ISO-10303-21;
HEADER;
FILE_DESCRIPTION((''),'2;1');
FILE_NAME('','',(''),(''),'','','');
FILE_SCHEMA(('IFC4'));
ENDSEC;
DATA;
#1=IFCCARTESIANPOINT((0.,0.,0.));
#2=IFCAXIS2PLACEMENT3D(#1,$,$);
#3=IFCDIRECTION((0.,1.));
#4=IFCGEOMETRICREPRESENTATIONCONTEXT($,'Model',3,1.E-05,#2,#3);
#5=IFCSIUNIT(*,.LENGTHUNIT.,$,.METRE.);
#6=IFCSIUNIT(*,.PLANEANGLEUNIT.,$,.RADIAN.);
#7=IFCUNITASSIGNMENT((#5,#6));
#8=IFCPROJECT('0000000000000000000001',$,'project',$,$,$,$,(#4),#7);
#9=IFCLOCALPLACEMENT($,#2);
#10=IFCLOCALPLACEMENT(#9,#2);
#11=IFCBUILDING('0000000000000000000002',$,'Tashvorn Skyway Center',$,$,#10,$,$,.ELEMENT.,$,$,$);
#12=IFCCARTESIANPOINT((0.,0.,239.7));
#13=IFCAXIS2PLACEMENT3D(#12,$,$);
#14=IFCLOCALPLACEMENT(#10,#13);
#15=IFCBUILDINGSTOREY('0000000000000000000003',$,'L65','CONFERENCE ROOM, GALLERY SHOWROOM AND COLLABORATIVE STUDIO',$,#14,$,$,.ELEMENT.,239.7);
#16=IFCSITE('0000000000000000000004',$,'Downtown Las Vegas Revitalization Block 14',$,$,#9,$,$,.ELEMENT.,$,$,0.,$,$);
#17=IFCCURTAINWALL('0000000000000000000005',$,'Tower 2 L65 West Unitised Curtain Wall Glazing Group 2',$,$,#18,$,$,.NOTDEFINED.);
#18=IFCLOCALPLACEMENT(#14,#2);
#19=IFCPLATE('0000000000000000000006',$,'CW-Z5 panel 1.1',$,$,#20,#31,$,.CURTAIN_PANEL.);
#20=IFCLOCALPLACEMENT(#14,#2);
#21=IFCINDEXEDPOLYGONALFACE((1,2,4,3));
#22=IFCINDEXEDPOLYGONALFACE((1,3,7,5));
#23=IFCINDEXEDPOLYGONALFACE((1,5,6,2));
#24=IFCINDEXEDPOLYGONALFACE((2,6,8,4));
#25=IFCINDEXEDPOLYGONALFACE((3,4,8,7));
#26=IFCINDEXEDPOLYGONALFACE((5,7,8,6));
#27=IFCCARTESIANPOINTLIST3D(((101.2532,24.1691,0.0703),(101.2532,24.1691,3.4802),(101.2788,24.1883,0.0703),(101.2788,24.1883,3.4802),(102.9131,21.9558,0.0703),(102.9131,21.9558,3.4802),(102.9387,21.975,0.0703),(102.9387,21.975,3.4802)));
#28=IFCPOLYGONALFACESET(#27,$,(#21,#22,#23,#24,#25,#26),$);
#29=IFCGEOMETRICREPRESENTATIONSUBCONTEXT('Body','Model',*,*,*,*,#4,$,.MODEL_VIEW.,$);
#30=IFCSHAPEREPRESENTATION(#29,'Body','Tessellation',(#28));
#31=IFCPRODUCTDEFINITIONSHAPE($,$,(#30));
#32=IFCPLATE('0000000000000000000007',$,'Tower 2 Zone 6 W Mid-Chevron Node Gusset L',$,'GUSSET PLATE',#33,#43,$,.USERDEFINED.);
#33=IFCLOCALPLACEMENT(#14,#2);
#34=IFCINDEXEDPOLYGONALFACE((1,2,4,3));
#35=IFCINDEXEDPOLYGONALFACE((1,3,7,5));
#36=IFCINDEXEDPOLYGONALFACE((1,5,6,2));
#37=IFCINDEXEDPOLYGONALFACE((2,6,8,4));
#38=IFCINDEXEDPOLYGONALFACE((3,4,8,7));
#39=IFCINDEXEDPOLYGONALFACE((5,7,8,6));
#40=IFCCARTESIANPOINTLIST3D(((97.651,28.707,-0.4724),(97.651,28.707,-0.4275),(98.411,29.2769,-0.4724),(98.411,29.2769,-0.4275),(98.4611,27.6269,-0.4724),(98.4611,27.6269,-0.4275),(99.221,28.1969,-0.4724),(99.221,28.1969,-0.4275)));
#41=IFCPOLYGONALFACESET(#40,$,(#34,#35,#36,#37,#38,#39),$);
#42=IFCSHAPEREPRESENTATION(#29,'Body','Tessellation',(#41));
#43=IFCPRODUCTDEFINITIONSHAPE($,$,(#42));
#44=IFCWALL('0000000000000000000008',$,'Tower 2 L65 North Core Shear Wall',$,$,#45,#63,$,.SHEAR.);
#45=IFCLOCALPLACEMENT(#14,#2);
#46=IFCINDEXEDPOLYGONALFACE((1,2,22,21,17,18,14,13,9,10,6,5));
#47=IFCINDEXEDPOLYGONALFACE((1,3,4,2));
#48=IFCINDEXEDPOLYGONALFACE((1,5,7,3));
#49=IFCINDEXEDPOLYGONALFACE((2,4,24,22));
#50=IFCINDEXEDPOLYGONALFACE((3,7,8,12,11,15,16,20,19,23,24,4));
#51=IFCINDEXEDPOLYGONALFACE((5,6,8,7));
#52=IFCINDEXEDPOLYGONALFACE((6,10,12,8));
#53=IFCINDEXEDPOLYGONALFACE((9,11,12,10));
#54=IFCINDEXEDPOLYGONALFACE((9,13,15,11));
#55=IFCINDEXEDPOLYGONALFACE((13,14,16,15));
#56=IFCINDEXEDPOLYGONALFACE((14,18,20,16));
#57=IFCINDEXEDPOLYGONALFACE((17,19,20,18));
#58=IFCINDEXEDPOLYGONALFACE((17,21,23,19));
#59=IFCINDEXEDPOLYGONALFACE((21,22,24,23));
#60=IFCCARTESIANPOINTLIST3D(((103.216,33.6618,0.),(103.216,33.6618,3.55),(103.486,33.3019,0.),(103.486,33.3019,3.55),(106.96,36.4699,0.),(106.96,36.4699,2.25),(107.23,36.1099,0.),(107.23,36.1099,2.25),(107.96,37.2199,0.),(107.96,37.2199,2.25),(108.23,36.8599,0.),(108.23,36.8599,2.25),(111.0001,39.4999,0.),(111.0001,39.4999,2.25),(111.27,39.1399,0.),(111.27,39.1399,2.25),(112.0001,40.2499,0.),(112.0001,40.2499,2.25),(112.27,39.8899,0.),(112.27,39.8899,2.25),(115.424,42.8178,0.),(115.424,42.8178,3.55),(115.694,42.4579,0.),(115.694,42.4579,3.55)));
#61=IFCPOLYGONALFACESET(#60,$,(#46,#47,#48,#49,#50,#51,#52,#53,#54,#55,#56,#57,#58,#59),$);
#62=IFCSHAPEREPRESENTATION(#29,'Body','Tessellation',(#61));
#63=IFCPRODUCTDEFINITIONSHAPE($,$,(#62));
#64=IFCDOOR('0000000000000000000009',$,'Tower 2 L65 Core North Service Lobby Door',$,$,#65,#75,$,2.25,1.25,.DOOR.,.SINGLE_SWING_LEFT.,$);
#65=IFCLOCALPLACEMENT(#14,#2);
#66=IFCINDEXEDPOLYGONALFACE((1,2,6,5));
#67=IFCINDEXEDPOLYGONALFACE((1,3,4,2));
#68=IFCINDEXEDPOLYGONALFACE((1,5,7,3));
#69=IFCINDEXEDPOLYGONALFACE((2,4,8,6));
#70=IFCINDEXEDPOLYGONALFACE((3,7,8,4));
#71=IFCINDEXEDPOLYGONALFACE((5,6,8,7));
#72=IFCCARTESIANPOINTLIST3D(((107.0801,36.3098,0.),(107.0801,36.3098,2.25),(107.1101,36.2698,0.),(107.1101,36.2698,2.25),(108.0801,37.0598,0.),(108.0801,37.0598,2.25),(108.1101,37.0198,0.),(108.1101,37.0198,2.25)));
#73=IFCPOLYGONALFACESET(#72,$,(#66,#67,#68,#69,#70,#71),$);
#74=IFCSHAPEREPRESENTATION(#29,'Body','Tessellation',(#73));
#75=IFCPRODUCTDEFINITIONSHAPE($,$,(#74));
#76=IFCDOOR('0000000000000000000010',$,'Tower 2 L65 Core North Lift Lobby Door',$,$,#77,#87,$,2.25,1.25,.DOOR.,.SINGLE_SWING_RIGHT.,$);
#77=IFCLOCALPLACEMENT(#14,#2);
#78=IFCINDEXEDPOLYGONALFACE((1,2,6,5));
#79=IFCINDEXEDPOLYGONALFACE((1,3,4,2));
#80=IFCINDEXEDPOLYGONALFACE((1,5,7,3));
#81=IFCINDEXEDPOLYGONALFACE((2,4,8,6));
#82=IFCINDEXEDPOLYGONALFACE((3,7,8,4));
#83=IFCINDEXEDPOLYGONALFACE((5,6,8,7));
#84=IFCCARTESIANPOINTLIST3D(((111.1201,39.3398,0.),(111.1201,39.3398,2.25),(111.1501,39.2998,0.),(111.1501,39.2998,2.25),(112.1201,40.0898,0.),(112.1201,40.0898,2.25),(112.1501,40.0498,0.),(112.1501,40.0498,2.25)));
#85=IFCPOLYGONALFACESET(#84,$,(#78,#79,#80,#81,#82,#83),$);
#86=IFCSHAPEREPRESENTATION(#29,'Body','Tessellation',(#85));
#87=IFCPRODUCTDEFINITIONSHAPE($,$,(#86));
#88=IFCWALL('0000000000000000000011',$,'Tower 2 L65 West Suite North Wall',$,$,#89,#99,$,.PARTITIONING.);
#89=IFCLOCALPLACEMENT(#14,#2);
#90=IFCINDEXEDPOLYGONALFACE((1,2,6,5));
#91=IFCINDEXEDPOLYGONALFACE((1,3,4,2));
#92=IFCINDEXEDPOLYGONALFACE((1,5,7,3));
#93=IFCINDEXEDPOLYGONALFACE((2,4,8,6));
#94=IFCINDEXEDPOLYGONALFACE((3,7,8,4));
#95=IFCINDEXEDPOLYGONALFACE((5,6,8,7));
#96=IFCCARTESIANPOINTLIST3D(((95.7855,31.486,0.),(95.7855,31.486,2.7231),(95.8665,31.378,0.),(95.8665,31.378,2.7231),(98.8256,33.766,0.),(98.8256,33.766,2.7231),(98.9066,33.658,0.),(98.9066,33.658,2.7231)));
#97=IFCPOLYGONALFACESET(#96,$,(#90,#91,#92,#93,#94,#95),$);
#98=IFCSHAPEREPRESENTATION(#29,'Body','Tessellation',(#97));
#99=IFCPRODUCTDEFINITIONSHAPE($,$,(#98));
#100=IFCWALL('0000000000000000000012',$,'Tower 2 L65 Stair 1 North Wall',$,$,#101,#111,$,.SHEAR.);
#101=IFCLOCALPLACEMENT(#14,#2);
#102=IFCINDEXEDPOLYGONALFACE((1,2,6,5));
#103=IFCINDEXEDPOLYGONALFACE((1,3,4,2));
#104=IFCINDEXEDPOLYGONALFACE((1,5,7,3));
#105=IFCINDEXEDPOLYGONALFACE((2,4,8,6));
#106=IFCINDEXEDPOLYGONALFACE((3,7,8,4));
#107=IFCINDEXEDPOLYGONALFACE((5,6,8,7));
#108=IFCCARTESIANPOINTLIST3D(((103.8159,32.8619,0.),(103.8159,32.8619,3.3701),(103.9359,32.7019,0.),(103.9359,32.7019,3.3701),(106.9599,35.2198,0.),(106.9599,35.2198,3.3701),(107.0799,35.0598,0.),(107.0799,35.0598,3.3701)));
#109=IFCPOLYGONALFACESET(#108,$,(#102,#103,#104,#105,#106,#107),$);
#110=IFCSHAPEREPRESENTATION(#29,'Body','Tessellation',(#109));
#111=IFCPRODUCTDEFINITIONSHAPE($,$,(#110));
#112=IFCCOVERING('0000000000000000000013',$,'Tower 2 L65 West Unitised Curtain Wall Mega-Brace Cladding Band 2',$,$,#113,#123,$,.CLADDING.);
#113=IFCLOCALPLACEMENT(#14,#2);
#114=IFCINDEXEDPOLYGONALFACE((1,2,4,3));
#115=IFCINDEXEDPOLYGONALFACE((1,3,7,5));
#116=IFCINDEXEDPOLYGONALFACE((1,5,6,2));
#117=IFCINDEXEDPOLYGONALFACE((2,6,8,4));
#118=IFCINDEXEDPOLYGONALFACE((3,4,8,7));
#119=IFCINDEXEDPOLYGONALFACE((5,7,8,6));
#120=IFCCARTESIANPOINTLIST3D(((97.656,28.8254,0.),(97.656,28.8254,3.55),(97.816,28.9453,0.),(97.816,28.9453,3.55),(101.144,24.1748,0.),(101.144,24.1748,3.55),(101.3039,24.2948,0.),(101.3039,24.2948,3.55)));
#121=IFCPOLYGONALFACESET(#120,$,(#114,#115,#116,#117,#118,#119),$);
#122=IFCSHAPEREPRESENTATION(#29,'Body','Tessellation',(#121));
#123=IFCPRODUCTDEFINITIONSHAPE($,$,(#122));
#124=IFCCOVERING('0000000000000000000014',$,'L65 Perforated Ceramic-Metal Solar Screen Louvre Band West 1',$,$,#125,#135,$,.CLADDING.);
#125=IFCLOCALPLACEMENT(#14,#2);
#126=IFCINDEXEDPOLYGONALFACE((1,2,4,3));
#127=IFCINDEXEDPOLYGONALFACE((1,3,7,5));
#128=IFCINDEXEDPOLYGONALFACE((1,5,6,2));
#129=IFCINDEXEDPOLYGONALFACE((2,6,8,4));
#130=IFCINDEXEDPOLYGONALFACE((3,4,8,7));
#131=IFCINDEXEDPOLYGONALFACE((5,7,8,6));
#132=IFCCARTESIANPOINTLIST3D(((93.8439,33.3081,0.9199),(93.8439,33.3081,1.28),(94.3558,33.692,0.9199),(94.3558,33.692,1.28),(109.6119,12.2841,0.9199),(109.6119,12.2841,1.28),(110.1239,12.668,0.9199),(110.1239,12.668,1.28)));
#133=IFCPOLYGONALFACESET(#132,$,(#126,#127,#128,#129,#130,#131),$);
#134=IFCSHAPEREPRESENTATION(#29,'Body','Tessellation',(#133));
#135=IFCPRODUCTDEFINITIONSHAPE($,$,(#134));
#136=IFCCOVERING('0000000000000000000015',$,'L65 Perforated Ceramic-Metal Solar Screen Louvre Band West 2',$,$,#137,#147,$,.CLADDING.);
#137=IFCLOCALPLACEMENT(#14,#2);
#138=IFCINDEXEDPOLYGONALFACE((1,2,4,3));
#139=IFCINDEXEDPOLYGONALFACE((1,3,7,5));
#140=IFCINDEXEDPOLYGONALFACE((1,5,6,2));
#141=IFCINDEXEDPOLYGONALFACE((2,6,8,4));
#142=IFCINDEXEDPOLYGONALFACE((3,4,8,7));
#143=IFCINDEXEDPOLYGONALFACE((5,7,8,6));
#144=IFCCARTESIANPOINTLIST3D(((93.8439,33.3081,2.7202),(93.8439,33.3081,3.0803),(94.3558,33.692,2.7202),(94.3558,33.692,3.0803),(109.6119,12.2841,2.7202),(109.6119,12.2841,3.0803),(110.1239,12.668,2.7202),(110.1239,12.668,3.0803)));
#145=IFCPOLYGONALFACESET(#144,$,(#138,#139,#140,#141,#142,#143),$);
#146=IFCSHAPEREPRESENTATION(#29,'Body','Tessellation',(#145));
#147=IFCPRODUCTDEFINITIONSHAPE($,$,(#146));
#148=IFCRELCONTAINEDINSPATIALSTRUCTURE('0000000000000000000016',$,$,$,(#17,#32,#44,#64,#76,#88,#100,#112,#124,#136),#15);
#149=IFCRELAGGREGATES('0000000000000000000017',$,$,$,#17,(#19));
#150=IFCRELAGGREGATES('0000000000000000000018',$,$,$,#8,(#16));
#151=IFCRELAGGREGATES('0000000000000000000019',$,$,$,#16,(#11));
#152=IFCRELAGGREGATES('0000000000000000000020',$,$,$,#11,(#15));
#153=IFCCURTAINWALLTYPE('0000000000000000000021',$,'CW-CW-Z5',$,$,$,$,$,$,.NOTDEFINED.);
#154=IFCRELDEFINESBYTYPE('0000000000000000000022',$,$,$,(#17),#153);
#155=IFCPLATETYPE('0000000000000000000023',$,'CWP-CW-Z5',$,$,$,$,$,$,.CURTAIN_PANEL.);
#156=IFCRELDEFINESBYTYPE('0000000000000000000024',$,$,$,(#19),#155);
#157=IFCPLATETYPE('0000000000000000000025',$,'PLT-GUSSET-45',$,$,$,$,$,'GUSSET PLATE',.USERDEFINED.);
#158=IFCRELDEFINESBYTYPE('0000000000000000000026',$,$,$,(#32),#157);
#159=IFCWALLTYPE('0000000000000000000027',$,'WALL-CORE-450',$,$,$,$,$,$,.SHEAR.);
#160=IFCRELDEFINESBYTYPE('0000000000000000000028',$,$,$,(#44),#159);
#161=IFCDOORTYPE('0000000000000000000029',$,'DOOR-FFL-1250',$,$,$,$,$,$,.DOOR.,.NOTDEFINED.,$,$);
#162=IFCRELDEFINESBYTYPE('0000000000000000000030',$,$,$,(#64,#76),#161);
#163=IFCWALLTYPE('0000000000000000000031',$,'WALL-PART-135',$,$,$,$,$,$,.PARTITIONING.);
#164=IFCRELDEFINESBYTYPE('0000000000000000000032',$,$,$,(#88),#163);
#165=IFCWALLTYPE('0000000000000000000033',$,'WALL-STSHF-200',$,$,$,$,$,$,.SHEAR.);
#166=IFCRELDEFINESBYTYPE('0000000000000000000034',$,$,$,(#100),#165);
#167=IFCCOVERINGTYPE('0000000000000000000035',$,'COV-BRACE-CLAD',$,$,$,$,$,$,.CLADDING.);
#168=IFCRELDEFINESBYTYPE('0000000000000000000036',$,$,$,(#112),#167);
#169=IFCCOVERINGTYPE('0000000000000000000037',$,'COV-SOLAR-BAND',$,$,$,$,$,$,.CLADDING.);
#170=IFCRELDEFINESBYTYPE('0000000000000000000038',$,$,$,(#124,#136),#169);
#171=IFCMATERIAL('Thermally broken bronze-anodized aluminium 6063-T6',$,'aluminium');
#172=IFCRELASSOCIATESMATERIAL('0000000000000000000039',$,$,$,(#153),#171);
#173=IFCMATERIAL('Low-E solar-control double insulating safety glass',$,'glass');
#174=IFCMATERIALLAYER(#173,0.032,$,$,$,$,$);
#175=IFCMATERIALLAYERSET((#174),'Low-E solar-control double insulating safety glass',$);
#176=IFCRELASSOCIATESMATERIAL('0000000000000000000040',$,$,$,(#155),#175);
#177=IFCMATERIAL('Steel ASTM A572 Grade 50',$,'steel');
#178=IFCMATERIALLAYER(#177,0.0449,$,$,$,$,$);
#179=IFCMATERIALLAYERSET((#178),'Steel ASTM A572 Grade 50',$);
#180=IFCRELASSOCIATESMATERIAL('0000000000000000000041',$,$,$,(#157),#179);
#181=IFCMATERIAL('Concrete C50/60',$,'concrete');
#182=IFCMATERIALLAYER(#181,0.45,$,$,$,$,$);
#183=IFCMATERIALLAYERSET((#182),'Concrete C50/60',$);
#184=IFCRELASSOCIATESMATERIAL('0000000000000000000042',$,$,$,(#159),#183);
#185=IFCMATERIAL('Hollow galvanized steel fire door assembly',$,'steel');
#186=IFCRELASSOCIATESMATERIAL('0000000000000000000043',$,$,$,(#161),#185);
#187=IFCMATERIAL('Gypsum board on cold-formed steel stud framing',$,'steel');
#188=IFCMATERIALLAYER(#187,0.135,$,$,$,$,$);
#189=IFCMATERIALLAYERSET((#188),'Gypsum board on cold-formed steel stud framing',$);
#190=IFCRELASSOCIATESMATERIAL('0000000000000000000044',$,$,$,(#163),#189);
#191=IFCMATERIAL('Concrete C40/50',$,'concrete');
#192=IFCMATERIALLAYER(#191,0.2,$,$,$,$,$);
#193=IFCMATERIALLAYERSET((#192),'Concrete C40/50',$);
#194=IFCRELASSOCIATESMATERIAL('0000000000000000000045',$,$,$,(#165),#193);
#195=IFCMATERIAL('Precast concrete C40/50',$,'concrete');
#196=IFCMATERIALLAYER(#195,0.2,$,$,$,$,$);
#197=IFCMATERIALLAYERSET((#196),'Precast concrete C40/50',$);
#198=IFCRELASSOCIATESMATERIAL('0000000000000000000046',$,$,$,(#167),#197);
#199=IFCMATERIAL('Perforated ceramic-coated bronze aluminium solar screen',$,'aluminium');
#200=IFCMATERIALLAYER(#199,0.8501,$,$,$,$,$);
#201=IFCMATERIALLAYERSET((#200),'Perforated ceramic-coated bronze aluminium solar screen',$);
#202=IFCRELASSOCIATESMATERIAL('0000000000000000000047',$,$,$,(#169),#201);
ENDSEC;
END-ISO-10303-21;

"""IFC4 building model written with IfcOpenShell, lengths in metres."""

from ifc_helpers import new_model, si_unit, direction, frame, frame_2d, origin, origin_2d, place, context, subcontext, project, spatial, rectangle, extrude, material, layer, layer_set, type_object, element, fill, aggregate, save


model = new_model("IFC4")

# Units and contexts
model_context = context("Model", 3, precision=1e-05, world=origin(), true_north=direction((0.0, 1.0)))
body_context = subcontext(model_context, "Body", "Model", "MODEL_VIEW")
ifc_project = project(units=[si_unit("LENGTHUNIT", "METRE"), si_unit("PLANEANGLEUNIT", "RADIAN")], contexts=[model_context])

# Site, building, storey
site_placement = place(None, origin())
site = spatial("IfcSite", under=ifc_project, at=site_placement, Name="Downtown Las Vegas Revitalization Block 14", CompositionType="ELEMENT", RefElevation=0.0)
building_placement = place(site_placement, origin())
building = spatial("IfcBuilding", under=site, at=building_placement, Name="Tashvorn Skyway Center", CompositionType="ELEMENT")
storey_placement = place(building_placement, frame((0.0, 0.0, 239.7)))
storey = spatial("IfcBuildingStorey", under=building, at=storey_placement, Name="L65", Description="CONFERENCE ROOM, GALLERY SHOWROOM AND COLLABORATIVE STUDIO", CompositionType="ELEMENT", Elevation=239.7)

# Shared definitions
ifc_material_1 = material(Name="Steel ASTM A572 Grade 50", Category="steel")

# Curtain wall
ifc_material_2 = material(Name="Thermally broken bronze-anodized aluminium 6063-T6", Category="aluminium")
curtain_wall_type = type_object("IfcCurtainWallType", Name="CW-CW-Z5", PredefinedType="NOTDEFINED", material=ifc_material_2)
curtain_wall_placement = place(storey_placement, origin())
curtain_wall = element("IfcCurtainWall", 1, at=curtain_wall_placement, inside=storey, type_object=curtain_wall_type, Name="Tower 2 L65 West Unitised Curtain Wall Glazing Group 2", PredefinedType="NOTDEFINED")

# Plates
ifc_material_3 = material(Name="Low-E solar-control double insulating safety glass", Category="glass")
ifc_layer_1 = layer(ifc_material_3, 0.032)
ifc_layer_set_1 = layer_set([ifc_layer_1], Name="Low-E solar-control double insulating safety glass")
plate_type_1 = type_object("IfcPlateType", Name="CWP-CW-Z5", PredefinedType="CURTAIN_PANEL", material=ifc_layer_set_1)
plate_1_placement = place(storey_placement, frame((102.0959, 23.072, 0.0703), z_axis=(0.0, 0.0, 1.0), x_axis=(-0.599989, 0.800008, 0.0)))
plate_1 = element("IfcPlate", 2, at=plate_1_placement, type_object=plate_type_1, Name="CW-Z5 panel 1.1", PredefinedType="CURTAIN_PANEL", context=body_context, shape_type="SweptSolid", body=[
    extrude(rectangle(XDim=2.7666, YDim=0.032, at=origin_2d()), origin(), (0.0, 0.0, 1.0), 3.4099),
])
aggregate(curtain_wall, [plate_1])
ifc_layer_2 = layer(ifc_material_1, 0.0449)
ifc_layer_set_2 = layer_set([ifc_layer_2], Name="Steel ASTM A572 Grade 50")
plate_type_2 = type_object("IfcPlateType", Name="PLT-GUSSET-45", ElementType="GUSSET PLATE", PredefinedType="USERDEFINED", material=ifc_layer_set_2)
plate_2_placement = place(storey_placement, frame((98.436, 28.4519, -0.4724), z_axis=(0.0, 0.0, 1.0), x_axis=(0.6, -0.8, 0.0)))
element("IfcPlate", 3, at=plate_2_placement, inside=storey, type_object=plate_type_2, Name="Tower 2 Zone 6 W Mid-Chevron Node Gusset L", ObjectType="GUSSET PLATE", PredefinedType="USERDEFINED", context=body_context, shape_type="SweptSolid", body=[
    extrude(rectangle(XDim=1.3501, YDim=0.95, at=origin_2d()), origin(), (0.0, 0.0, 1.0), 0.0449),
])

# Wall, openings, doors
ifc_material_4 = material(Name="Concrete C50/60", Category="concrete")
ifc_layer_3 = layer(ifc_material_4, 0.45)
ifc_layer_set_3 = layer_set([ifc_layer_3], Name="Concrete C50/60")
wall_type_1 = type_object("IfcWallType", Name="WALL-CORE-450", PredefinedType="SHEAR", material=ifc_layer_set_3)
wall_1_placement = place(storey_placement, frame((103.3511, 33.4819, 0.0), z_axis=(0.0, 0.0, 1.0), x_axis=(0.8, 0.6, 0.0)))
wall_1 = element("IfcWall", 4, at=wall_1_placement, inside=storey, type_object=wall_type_1, Name="Tower 2 L65 North Core Shear Wall", PredefinedType="SHEAR", context=body_context, shape_type="SweptSolid", body=[
    extrude(rectangle(XDim=15.26, YDim=0.45, at=frame_2d((7.6299, 0.0))), origin(), (0.0, 0.0, 1.0), 3.55),
])
opening_1_placement = place(wall_1_placement, frame((4.6799, 0.0, 0.0)))
opening_1 = element("IfcOpeningElement", 5, at=opening_1_placement, cuts=wall_1, PredefinedType="OPENING", context=body_context, shape_type="SweptSolid", body=[
    extrude(rectangle(XDim=1.25, YDim=2.25, at=frame_2d((0.625, 1.125))), frame((0.0, 0.2349, 0.0), z_axis=(0.0, -1.0, 0.0), x_axis=(1.0, 0.0, 0.0)), (0.0, 0.0, 1.0), 0.47),
])
opening_2_placement = place(wall_1_placement, frame((9.73, 0.0, 0.0)))
opening_2 = element("IfcOpeningElement", 6, at=opening_2_placement, cuts=wall_1, PredefinedType="OPENING", context=body_context, shape_type="SweptSolid", body=[
    extrude(rectangle(XDim=1.25, YDim=2.25, at=frame_2d((0.625, 1.125))), frame((0.0, 0.2349, 0.0), z_axis=(0.0, -1.0, 0.0), x_axis=(1.0, 0.0, 0.0)), (0.0, 0.0, 1.0), 0.47),
])
ifc_material_5 = material(Name="Hollow galvanized steel fire door assembly", Category="steel")
door_type = type_object("IfcDoorType", Name="DOOR-FFL-1250", OperationType="NOTDEFINED", PredefinedType="DOOR", material=ifc_material_5)
door_1_placement = place(opening_1_placement, origin())
door_1 = element("IfcDoor", 7, at=door_1_placement, inside=storey, type_object=door_type, Name="Tower 2 L65 Core North Service Lobby Door", OperationType="SINGLE_SWING_LEFT", OverallHeight=2.25, OverallWidth=1.25, PredefinedType="DOOR", context=body_context, shape_type="SweptSolid", body=[
    extrude(rectangle(XDim=1.25, YDim=2.25, at=frame_2d((0.625, 1.125))), frame((0.0, 0.0249, 0.0), z_axis=(0.0, -1.0, 0.0), x_axis=(1.0, 0.0, 0.0)), (0.0, 0.0, 1.0), 0.05),
])
fill(opening_1, door_1)
door_2_placement = place(opening_2_placement, origin())
door_2 = element("IfcDoor", 8, at=door_2_placement, inside=storey, type_object=door_type, Name="Tower 2 L65 Core North Lift Lobby Door", OperationType="SINGLE_SWING_RIGHT", OverallHeight=2.25, OverallWidth=1.25, PredefinedType="DOOR", context=body_context, shape_type="SweptSolid", body=[
    extrude(rectangle(XDim=1.25, YDim=2.25, at=frame_2d((0.625, 1.125))), frame((0.0, 0.0249, 0.0), z_axis=(0.0, -1.0, 0.0), x_axis=(1.0, 0.0, 0.0)), (0.0, 0.0, 1.0), 0.05),
])
fill(opening_2, door_2)

# Walls
ifc_material_6 = material(Name="Gypsum board on cold-formed steel stud framing", Category="steel")
ifc_layer_4 = layer(ifc_material_6, 0.135)
ifc_layer_set_4 = layer_set([ifc_layer_4], Name="Gypsum board on cold-formed steel stud framing")
wall_type_2 = type_object("IfcWallType", Name="WALL-PART-135", PredefinedType="PARTITIONING", material=ifc_layer_set_4)
wall_2_placement = place(storey_placement, frame((98.866, 33.7119, 0.0), z_axis=(0.0, 0.0, 1.0), x_axis=(-0.8, -0.6, 0.0)))
element("IfcWall", 9, at=wall_2_placement, inside=storey, type_object=wall_type_2, Name="Tower 2 L65 West Suite North Wall", PredefinedType="PARTITIONING", context=body_context, shape_type="SweptSolid", body=[
    extrude(rectangle(XDim=3.8, YDim=0.135, at=frame_2d((1.8999, 0.0))), origin(), (0.0, 0.0, 1.0), 2.7231),
])
ifc_material_7 = material(Name="Concrete C40/50", Category="concrete")
ifc_layer_5 = layer(ifc_material_7, 0.2)
ifc_layer_set_5 = layer_set([ifc_layer_5], Name="Concrete C40/50")
wall_type_3 = type_object("IfcWallType", Name="WALL-STSHF-200", PredefinedType="SHEAR", material=ifc_layer_set_5)
wall_3_placement = place(storey_placement, frame((103.876, 32.782, 0.0), z_axis=(0.0, 0.0, 1.0), x_axis=(0.800015, 0.59998, 0.0)))
element("IfcWall", 10, at=wall_3_placement, inside=storey, type_object=wall_type_3, Name="Tower 2 L65 Stair 1 North Wall", PredefinedType="SHEAR", context=body_context, shape_type="SweptSolid", body=[
    extrude(rectangle(XDim=3.9299, YDim=0.2, at=frame_2d((1.9648, 0.0))), origin(), (0.0, 0.0, 1.0), 3.3701),
])

# Coverings
ifc_material_8 = material(Name="Precast concrete C40/50", Category="concrete")
ifc_layer_6 = layer(ifc_material_8, 0.2)
ifc_layer_set_6 = layer_set([ifc_layer_6], Name="Precast concrete C40/50")
covering_type_1 = type_object("IfcCoveringType", Name="COV-BRACE-CLAD", PredefinedType="CLADDING", material=ifc_layer_set_6)
covering_placement = place(storey_placement, frame((99.48, 26.5601, 0.0), z_axis=(0.0, 0.0, 1.0), x_axis=(-0.6, 0.8, 0.0)))
element("IfcCovering", 11, at=covering_placement, inside=storey, type_object=covering_type_1, Name="Tower 2 L65 West Unitised Curtain Wall Mega-Brace Cladding Band 2", PredefinedType="CLADDING", context=body_context, shape_type="SweptSolid", body=[
    extrude(rectangle(XDim=5.8132, YDim=0.2, at=origin_2d()), origin(), (0.0, 0.0, 1.0), 3.55),
])
ifc_material_9 = material(Name="Perforated ceramic-coated bronze aluminium solar screen", Category="aluminium")
ifc_layer_7 = layer(ifc_material_9, 0.8501)
ifc_layer_set_7 = layer_set([ifc_layer_7], Name="Perforated ceramic-coated bronze aluminium solar screen")
covering_type_2 = type_object("IfcCoveringType", Name="COV-SOLAR-BAND", PredefinedType="CLADDING", material=ifc_layer_set_7)
for number, where, z_axis, x_axis, name in (
    (12, (101.9839, 22.988, 0.9199), (0.0, 0.0, 1.0), (-0.6, 0.8, 0.0), "L65 Perforated Ceramic-Metal Solar Screen Louvre Band West 1"),
    (13, (101.9839, 22.988, 2.7202), (0.0, 0.0, 1.0), (-0.6, 0.8, 0.0), "L65 Perforated Ceramic-Metal Solar Screen Louvre Band West 2"),
):
    element("IfcCovering", number, at=place(storey_placement, frame(where, z_axis=z_axis, x_axis=x_axis)), inside=storey, type_object=covering_type_2, Name=name, PredefinedType="CLADDING", context=body_context, shape_type="SweptSolid", body=[
        extrude(rectangle(XDim=26.28, YDim=0.6399, at=origin_2d()), origin(), (0.0, 0.0, 1.0), 0.3601),
    ])

save(model, "model.ifc")
